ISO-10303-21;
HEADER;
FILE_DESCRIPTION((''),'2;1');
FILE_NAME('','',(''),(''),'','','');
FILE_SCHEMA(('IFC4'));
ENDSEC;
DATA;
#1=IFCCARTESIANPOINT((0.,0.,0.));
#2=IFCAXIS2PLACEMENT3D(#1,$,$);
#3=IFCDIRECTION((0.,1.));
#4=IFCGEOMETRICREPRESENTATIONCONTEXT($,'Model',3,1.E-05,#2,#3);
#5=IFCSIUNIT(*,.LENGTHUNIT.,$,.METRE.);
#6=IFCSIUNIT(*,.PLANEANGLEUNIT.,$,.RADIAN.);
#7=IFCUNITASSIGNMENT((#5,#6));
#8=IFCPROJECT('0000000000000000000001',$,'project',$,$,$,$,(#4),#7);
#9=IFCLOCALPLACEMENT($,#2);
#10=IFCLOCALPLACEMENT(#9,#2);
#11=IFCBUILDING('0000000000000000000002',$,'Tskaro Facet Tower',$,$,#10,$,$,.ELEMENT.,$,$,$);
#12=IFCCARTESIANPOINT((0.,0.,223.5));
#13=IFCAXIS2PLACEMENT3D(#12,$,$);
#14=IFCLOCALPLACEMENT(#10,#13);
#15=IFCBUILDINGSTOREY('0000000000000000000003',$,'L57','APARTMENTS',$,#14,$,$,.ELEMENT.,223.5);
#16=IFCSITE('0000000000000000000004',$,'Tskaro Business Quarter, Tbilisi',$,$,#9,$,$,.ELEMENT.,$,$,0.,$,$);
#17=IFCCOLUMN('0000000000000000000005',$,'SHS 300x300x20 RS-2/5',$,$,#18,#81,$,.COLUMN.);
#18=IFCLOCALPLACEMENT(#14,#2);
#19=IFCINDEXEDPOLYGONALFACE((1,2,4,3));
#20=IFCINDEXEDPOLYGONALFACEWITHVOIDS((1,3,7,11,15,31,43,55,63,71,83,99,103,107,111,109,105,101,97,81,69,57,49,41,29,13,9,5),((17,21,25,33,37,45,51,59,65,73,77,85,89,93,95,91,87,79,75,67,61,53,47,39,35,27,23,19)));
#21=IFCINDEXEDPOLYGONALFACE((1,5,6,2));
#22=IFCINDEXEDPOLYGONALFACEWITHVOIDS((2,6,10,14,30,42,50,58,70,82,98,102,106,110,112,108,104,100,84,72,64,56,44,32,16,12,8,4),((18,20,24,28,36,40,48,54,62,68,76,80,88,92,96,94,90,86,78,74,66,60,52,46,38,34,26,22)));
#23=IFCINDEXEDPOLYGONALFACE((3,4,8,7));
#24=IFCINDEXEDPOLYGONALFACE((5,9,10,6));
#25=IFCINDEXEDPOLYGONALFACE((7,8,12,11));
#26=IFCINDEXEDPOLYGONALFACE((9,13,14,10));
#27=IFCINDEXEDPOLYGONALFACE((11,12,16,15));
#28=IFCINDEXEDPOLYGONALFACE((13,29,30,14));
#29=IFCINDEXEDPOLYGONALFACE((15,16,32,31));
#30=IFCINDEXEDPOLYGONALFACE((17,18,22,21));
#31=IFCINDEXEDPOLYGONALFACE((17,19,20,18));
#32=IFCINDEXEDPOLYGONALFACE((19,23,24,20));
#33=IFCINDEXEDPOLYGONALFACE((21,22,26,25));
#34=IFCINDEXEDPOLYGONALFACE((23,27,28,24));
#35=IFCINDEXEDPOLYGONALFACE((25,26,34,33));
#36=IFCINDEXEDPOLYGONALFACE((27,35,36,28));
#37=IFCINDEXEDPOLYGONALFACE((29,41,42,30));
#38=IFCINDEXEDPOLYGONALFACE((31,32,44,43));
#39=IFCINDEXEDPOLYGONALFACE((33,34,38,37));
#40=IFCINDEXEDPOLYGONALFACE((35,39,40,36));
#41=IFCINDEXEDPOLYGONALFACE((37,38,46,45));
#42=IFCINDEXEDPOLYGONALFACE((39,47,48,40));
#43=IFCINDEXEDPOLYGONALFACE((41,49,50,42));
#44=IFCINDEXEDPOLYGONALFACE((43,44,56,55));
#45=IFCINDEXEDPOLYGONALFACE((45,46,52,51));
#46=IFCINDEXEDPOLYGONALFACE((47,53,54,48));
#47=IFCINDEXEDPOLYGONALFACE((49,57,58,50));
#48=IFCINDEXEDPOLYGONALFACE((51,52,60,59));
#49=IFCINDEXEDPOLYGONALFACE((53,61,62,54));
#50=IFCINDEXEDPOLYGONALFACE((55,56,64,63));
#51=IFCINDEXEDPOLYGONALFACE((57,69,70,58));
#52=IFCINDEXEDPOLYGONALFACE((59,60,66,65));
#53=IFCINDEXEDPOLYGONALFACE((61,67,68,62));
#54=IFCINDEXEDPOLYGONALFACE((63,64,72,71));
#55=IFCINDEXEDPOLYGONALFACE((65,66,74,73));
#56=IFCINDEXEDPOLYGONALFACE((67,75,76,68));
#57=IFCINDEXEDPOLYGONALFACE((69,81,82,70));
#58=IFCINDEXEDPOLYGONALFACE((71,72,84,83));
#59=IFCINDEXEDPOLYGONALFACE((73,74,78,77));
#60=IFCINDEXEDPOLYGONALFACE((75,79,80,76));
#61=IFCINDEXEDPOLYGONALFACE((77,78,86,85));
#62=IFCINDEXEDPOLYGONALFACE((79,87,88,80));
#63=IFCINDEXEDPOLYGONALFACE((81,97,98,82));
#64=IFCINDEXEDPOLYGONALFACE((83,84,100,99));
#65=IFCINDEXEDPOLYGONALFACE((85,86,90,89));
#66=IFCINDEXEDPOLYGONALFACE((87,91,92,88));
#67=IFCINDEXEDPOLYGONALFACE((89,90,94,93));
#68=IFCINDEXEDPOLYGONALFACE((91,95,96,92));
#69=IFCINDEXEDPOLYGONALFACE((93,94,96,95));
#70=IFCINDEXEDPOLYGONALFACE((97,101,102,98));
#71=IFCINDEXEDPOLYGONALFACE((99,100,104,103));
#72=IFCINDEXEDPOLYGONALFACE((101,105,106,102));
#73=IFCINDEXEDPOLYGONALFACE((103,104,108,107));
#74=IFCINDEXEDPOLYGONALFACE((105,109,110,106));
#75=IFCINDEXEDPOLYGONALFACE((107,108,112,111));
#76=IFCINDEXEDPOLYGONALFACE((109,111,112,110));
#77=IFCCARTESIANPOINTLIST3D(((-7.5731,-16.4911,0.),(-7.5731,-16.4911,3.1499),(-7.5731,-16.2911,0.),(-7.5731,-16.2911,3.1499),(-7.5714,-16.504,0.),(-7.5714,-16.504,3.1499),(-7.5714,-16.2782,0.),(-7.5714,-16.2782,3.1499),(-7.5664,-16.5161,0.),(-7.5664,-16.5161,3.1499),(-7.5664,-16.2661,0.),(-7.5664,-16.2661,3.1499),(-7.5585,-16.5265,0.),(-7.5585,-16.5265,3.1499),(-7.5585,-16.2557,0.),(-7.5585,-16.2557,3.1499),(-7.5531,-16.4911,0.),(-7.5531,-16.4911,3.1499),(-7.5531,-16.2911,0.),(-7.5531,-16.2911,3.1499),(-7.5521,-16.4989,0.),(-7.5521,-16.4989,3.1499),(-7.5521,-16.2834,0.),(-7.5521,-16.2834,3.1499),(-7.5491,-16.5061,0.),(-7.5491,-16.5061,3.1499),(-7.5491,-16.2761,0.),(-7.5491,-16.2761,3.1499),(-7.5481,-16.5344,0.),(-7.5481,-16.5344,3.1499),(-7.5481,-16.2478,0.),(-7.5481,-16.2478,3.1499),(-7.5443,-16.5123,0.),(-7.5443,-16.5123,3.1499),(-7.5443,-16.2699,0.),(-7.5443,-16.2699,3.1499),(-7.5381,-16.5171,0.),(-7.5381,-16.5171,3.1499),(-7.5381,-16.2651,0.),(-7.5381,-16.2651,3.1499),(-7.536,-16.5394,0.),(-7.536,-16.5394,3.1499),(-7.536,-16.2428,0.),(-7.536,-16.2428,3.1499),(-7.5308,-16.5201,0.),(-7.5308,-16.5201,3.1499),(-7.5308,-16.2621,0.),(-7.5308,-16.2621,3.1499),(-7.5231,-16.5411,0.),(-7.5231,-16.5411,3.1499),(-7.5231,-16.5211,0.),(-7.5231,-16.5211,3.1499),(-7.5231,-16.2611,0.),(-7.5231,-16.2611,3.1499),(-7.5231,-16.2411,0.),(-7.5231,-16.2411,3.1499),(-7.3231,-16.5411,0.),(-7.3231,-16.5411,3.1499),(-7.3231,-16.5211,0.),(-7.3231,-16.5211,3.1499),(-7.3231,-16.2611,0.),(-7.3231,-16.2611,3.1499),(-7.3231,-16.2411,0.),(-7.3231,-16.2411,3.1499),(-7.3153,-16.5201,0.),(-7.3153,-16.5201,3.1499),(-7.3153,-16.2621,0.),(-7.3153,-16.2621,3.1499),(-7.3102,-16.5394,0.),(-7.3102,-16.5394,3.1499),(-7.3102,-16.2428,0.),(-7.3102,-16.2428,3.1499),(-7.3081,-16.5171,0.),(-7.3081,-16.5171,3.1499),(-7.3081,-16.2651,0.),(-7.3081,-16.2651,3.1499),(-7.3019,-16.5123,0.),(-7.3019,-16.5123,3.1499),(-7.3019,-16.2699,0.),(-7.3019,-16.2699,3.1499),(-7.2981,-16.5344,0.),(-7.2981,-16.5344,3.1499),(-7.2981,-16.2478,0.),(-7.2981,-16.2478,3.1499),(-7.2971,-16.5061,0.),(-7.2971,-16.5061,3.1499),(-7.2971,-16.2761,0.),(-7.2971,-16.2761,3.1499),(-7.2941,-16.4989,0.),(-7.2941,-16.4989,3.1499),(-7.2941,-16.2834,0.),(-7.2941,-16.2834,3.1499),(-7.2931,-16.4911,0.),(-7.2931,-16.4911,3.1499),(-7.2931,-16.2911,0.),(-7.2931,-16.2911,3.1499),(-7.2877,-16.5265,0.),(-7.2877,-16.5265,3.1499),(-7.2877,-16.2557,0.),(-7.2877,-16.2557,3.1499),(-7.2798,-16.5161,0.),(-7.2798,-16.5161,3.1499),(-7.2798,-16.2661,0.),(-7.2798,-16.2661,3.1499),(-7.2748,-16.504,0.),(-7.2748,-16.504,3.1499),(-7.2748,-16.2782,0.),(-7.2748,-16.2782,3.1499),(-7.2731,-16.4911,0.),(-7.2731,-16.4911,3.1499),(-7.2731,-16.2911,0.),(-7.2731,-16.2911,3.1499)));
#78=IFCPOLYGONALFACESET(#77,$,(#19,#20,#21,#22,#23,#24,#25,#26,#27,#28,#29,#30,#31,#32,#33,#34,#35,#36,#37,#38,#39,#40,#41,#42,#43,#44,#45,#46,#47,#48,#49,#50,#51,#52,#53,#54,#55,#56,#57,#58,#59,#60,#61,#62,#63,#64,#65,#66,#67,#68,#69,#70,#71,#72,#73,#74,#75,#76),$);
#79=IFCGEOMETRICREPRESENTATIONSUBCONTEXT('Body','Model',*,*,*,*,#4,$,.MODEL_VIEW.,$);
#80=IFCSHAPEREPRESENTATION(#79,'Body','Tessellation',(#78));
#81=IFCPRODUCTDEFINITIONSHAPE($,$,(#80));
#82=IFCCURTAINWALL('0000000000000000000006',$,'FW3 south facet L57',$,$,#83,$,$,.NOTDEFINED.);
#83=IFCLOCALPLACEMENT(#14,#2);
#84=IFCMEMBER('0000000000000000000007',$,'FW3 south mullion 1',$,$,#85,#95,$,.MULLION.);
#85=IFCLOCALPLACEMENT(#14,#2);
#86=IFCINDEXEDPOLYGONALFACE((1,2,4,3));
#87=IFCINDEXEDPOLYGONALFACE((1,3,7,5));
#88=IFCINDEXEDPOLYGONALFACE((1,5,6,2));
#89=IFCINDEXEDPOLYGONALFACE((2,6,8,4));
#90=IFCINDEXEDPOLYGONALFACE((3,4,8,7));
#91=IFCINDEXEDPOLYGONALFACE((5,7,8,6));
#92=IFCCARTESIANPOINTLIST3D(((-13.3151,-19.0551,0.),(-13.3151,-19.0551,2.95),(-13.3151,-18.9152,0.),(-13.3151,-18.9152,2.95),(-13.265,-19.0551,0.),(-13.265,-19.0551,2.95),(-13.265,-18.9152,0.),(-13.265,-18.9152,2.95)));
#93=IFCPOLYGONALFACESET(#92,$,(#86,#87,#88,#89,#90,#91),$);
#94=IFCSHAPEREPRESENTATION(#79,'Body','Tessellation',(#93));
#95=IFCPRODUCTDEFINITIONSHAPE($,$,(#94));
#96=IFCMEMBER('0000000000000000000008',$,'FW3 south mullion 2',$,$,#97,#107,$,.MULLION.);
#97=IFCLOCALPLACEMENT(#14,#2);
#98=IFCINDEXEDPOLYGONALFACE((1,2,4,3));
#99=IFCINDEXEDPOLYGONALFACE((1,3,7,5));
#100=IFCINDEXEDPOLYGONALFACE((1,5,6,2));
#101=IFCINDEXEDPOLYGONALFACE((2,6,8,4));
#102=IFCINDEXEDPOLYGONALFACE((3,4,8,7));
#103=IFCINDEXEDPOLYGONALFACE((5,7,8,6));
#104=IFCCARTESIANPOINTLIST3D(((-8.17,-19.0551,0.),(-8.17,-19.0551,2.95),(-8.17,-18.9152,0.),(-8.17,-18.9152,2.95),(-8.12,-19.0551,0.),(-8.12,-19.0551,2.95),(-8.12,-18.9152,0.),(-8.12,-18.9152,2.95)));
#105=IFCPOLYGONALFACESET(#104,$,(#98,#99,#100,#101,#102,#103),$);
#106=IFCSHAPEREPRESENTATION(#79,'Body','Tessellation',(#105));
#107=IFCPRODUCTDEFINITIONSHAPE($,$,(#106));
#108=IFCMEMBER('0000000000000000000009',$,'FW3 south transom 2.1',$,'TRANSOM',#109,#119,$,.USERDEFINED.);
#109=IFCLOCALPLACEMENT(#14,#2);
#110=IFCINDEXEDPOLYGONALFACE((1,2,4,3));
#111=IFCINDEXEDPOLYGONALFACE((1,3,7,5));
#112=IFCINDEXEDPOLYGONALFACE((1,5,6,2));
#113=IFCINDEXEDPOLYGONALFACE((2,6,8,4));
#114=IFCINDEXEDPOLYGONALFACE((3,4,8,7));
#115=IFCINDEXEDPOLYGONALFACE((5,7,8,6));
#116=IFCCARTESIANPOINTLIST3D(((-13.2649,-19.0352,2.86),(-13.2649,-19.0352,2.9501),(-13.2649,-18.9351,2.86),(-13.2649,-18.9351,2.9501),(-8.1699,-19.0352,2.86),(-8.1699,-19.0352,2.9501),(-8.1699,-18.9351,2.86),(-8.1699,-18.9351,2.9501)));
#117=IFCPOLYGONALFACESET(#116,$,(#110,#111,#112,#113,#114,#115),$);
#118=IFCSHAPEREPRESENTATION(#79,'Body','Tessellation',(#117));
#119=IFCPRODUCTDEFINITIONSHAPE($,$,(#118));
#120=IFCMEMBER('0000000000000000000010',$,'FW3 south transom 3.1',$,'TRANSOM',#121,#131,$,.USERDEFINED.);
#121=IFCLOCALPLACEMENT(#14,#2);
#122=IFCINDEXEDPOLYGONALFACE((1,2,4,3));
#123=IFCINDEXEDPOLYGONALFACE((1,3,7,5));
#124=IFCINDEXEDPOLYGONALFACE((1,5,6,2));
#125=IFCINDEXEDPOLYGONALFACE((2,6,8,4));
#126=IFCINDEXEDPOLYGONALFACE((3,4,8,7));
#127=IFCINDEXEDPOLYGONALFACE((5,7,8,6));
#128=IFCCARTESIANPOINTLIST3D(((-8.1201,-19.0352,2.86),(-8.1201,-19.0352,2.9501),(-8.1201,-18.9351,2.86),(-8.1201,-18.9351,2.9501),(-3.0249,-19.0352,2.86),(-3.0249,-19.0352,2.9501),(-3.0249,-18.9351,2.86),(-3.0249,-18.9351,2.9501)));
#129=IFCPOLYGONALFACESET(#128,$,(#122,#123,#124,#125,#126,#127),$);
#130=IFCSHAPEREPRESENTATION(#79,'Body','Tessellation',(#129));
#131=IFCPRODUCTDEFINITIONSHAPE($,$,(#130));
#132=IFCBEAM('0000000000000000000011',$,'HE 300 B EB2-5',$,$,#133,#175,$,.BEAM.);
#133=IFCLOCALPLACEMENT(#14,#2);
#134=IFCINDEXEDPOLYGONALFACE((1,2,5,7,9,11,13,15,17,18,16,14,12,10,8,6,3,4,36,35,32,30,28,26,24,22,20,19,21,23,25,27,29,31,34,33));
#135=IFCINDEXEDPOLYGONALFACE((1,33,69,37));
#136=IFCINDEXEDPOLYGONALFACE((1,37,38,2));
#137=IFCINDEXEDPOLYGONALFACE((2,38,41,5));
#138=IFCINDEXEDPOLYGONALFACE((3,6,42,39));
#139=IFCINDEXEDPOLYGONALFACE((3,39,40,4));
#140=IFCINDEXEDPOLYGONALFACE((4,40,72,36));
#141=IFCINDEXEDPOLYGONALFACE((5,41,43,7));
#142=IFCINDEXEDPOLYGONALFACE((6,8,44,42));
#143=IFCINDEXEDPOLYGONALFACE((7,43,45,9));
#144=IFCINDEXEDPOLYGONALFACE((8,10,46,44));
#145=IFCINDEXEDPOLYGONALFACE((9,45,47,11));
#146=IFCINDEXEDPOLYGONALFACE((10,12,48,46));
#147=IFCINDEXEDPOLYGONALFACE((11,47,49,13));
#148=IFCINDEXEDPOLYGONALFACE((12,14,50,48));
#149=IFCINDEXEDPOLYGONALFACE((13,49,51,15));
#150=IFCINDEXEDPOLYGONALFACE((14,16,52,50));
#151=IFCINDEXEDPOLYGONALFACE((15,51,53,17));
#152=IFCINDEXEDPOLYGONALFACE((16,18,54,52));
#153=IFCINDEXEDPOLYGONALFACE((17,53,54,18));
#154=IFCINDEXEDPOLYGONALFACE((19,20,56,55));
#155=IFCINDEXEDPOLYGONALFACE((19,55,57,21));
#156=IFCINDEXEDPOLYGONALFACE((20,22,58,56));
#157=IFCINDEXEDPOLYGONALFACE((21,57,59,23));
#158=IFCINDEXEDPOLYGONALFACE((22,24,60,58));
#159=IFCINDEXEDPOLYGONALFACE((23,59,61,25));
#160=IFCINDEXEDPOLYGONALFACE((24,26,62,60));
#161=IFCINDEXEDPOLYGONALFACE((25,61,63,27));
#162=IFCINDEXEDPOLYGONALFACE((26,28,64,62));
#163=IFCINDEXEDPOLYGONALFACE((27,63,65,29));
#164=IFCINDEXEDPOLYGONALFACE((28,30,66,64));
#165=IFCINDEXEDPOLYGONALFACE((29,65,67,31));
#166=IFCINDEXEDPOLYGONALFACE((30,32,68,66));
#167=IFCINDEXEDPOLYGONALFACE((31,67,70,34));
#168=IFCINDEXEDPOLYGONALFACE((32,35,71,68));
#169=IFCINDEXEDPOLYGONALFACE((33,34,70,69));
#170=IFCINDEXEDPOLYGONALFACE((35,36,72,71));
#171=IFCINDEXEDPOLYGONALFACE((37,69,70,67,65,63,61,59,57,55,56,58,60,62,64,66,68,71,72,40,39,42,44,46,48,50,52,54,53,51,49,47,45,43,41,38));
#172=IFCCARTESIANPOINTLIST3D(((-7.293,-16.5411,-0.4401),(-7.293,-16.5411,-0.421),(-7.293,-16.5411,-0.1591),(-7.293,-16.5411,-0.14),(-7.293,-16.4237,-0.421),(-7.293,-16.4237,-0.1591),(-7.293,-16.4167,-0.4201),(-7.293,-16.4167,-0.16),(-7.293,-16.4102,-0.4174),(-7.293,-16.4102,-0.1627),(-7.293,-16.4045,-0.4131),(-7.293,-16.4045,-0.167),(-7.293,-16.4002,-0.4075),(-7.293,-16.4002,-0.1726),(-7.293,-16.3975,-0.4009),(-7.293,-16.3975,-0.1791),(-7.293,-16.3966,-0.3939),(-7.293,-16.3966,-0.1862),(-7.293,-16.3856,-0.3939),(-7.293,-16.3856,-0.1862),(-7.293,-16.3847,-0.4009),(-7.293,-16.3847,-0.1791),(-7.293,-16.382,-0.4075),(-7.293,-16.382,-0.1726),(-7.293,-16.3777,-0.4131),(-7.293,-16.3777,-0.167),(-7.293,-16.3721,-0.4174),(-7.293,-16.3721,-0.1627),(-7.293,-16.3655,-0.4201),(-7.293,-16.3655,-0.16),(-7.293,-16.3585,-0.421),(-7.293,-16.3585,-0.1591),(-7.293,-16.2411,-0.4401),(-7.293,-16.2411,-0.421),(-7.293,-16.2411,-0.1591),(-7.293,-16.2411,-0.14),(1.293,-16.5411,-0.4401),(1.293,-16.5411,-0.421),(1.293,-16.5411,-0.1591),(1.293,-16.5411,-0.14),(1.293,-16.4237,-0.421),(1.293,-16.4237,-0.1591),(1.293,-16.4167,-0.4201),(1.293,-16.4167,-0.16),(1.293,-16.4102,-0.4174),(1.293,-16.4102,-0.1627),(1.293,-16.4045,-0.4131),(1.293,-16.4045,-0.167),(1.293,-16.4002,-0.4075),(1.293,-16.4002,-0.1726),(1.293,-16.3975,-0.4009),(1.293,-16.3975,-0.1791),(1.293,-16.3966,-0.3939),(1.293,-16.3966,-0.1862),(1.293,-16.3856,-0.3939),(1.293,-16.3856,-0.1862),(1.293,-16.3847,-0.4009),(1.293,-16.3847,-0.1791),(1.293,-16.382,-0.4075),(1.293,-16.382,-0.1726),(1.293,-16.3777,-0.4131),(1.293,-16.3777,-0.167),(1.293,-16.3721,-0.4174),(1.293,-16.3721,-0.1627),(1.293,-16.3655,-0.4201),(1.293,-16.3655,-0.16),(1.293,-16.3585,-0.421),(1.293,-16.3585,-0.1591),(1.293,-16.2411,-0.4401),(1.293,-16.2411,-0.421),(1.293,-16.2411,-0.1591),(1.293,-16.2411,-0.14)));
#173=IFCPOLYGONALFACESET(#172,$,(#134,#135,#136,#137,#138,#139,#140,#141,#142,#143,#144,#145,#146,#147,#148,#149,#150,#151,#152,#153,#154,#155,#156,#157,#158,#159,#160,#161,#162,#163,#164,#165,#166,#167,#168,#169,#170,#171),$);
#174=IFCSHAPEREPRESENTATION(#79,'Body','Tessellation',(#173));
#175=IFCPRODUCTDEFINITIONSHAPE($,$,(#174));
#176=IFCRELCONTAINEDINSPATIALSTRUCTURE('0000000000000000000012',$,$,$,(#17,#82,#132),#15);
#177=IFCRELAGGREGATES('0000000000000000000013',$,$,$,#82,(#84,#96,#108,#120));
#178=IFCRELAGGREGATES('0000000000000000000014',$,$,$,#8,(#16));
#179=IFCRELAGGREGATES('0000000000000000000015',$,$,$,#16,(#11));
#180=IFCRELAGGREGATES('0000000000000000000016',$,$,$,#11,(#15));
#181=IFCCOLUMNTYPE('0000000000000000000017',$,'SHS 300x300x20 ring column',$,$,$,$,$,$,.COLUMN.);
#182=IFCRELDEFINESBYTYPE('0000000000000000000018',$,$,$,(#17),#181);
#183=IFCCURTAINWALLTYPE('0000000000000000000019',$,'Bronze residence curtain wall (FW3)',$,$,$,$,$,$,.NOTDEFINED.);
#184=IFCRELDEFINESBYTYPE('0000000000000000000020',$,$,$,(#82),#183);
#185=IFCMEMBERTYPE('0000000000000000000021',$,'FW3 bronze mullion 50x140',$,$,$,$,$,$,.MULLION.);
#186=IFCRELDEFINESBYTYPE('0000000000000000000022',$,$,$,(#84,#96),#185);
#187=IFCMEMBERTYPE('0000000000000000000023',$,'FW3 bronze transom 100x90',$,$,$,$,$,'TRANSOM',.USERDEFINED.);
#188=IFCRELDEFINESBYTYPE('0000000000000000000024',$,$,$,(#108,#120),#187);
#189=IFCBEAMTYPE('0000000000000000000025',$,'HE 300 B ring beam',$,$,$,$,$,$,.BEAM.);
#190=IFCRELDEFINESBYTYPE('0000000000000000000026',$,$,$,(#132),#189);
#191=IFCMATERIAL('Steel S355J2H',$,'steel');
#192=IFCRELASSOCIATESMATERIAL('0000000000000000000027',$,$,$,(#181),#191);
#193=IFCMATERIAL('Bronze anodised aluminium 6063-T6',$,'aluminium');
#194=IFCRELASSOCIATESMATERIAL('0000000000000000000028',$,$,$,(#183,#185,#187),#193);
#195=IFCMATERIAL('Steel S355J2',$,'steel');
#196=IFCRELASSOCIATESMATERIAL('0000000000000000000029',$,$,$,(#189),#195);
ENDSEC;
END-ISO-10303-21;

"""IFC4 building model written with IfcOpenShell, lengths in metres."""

from ifc_helpers import new_model, si_unit, direction, frame, origin, origin_2d, place, context, subcontext, project, spatial, rectangle, hollow_rectangle, i_section, extrude, material, material_profile, profile_set, type_object, element, aggregate, save


model = new_model("IFC4")

# Units and contexts
model_context = context("Model", 3, precision=1e-05, world=origin(), true_north=direction((0.0, 1.0)))
body_context = subcontext(model_context, "Body", "Model", "MODEL_VIEW")
ifc_project = project(units=[si_unit("LENGTHUNIT", "METRE"), si_unit("PLANEANGLEUNIT", "RADIAN")], contexts=[model_context])

# Site, building, storey
site_placement = place(None, origin())
site = spatial("IfcSite", under=ifc_project, at=site_placement, Name="Tskaro Business Quarter, Tbilisi", CompositionType="ELEMENT", RefElevation=0.0)
building_placement = place(site_placement, origin())
building = spatial("IfcBuilding", under=site, at=building_placement, Name="Tskaro Facet Tower", CompositionType="ELEMENT")
storey_placement = place(building_placement, frame((0.0, 0.0, 223.5)))
storey = spatial("IfcBuildingStorey", under=building, at=storey_placement, Name="L57", Description="APARTMENTS", CompositionType="ELEMENT", Elevation=223.5)

# Column
ifc_material_1 = material(Name="Steel S355J2H", Category="steel")
ifc_material_profile_1 = material_profile(ifc_material_1, hollow_rectangle(XDim=0.3, YDim=0.3, WallThickness=0.02, InnerFilletRadius=0.03, OuterFilletRadius=0.05, at=origin_2d()), Name="SHS 300x300x20")
ifc_profile_set_1 = profile_set([ifc_material_profile_1], Name="Steel S355J2H")
column_type = type_object("IfcColumnType", Name="SHS 300x300x20 ring column", PredefinedType="COLUMN", material=ifc_profile_set_1)
column_placement = place(storey_placement, frame((-7.4231, -16.3911, 0.0), z_axis=(0.0, 0.0, 1.0), x_axis=(1.0, 0.0, 0.0)))
element("IfcColumn", 1, at=column_placement, inside=storey, type_object=column_type, Name="SHS 300x300x20 RS-2/5", PredefinedType="COLUMN", context=body_context, shape_type="SweptSolid", body=[
    extrude(hollow_rectangle(XDim=0.3, YDim=0.3, WallThickness=0.02, InnerFilletRadius=0.03, OuterFilletRadius=0.05, at=origin_2d()), origin(), (0.0, 0.0, 1.0), 3.1499),
])

# Curtain wall, members
ifc_material_2 = material(Name="Bronze anodised aluminium 6063-T6", Category="aluminium")
curtain_wall_type = type_object("IfcCurtainWallType", Name="Bronze residence curtain wall (FW3)", PredefinedType="NOTDEFINED", material=ifc_material_2)
curtain_wall_placement = place(storey_placement, origin())
curtain_wall = element("IfcCurtainWall", 2, at=curtain_wall_placement, inside=storey, type_object=curtain_wall_type, Name="FW3 south facet L57", PredefinedType="NOTDEFINED")
ifc_material_profile_2 = material_profile(ifc_material_2, rectangle(XDim=0.05, YDim=0.1399, at=origin_2d()), Name="Mullion 50x140")
ifc_profile_set_2 = profile_set([ifc_material_profile_2], Name="Bronze anodised aluminium 6063-T6")
member_type_1 = type_object("IfcMemberType", Name="FW3 bronze mullion 50x140", PredefinedType="MULLION", material=ifc_profile_set_2)
member_1_placement = place(storey_placement, frame((-13.29, -18.9851, 0.0), z_axis=(0.0, 0.0, 1.0), x_axis=(1.0, 0.0, 0.0)))
member_1 = element("IfcMember", 3, at=member_1_placement, type_object=member_type_1, Name="FW3 south mullion 1", PredefinedType="MULLION", context=body_context, shape_type="SweptSolid", body=[
    extrude(rectangle(XDim=0.05, YDim=0.1399, at=origin_2d()), origin(), (0.0, 0.0, 1.0), 2.95),
])
member_2_placement = place(storey_placement, frame((-8.145, -18.9851, 0.0), z_axis=(0.0, 0.0, 1.0), x_axis=(1.0, 0.0, 0.0)))
member_2 = element("IfcMember", 4, at=member_2_placement, type_object=member_type_1, Name="FW3 south mullion 2", PredefinedType="MULLION", context=body_context, shape_type="SweptSolid", body=[
    extrude(rectangle(XDim=0.05, YDim=0.1399, at=origin_2d()), origin(), (0.0, 0.0, 1.0), 2.95),
])
ifc_material_profile_3 = material_profile(ifc_material_2, rectangle(XDim=0.1001, YDim=0.0901, at=origin_2d()), Name="Transom 100x90")
ifc_profile_set_3 = profile_set([ifc_material_profile_3], Name="Bronze anodised aluminium 6063-T6")
member_type_2 = type_object("IfcMemberType", Name="FW3 bronze transom 100x90", ElementType="TRANSOM", PredefinedType="USERDEFINED", material=ifc_profile_set_3)
member_3_placement = place(storey_placement, frame((-13.2649, -18.9851, 2.905), z_axis=(1.0, 0.0, 0.0), x_axis=(0.0, 1.0, 0.0)))
member_3 = element("IfcMember", 5, at=member_3_placement, type_object=member_type_2, Name="FW3 south transom 2.1", ObjectType="TRANSOM", PredefinedType="USERDEFINED", context=body_context, shape_type="SweptSolid", body=[
    extrude(rectangle(XDim=0.1001, YDim=0.0901, at=origin_2d()), origin(), (0.0, 0.0, 1.0), 5.095),
])
member_4_placement = place(storey_placement, frame((-8.1201, -18.9851, 2.905), z_axis=(1.0, 0.0, 0.0), x_axis=(0.0, 1.0, 0.0)))
member_4 = element("IfcMember", 6, at=member_4_placement, type_object=member_type_2, Name="FW3 south transom 3.1", ObjectType="TRANSOM", PredefinedType="USERDEFINED", context=body_context, shape_type="SweptSolid", body=[
    extrude(rectangle(XDim=0.1001, YDim=0.0901, at=origin_2d()), origin(), (0.0, 0.0, 1.0), 5.0952),
])

# Beam
ifc_material_3 = material(Name="Steel S355J2", Category="steel")
ifc_material_profile_4 = material_profile(ifc_material_3, i_section(OverallWidth=0.3, OverallDepth=0.3, WebThickness=0.011, FlangeThickness=0.019, FilletRadius=0.0271, at=origin_2d()), Name="HE 300 B")
ifc_profile_set_4 = profile_set([ifc_material_profile_4], Name="Steel S355J2")
beam_type_1 = type_object("IfcBeamType", Name="HE 300 B ring beam", PredefinedType="BEAM", material=ifc_profile_set_4)
beam_1_placement = place(storey_placement, frame((-7.293, -16.3911, -0.29), z_axis=(1.0, 0.0, 0.0), x_axis=(0.0, 1.0, 0.0)))
element("IfcBeam", 7, at=beam_1_placement, inside=storey, type_object=beam_type_1, Name="HE 300 B EB2-5", PredefinedType="BEAM", context=body_context, shape_type="SweptSolid", body=[
    extrude(i_section(OverallWidth=0.3, OverallDepth=0.3, WebThickness=0.011, FlangeThickness=0.019, FilletRadius=0.0271, at=origin_2d()), origin(), (0.0, 0.0, 1.0), 8.5859),
])

aggregate(curtain_wall, [member_1, member_2, member_3, member_4])

save(model, "model.ifc")
